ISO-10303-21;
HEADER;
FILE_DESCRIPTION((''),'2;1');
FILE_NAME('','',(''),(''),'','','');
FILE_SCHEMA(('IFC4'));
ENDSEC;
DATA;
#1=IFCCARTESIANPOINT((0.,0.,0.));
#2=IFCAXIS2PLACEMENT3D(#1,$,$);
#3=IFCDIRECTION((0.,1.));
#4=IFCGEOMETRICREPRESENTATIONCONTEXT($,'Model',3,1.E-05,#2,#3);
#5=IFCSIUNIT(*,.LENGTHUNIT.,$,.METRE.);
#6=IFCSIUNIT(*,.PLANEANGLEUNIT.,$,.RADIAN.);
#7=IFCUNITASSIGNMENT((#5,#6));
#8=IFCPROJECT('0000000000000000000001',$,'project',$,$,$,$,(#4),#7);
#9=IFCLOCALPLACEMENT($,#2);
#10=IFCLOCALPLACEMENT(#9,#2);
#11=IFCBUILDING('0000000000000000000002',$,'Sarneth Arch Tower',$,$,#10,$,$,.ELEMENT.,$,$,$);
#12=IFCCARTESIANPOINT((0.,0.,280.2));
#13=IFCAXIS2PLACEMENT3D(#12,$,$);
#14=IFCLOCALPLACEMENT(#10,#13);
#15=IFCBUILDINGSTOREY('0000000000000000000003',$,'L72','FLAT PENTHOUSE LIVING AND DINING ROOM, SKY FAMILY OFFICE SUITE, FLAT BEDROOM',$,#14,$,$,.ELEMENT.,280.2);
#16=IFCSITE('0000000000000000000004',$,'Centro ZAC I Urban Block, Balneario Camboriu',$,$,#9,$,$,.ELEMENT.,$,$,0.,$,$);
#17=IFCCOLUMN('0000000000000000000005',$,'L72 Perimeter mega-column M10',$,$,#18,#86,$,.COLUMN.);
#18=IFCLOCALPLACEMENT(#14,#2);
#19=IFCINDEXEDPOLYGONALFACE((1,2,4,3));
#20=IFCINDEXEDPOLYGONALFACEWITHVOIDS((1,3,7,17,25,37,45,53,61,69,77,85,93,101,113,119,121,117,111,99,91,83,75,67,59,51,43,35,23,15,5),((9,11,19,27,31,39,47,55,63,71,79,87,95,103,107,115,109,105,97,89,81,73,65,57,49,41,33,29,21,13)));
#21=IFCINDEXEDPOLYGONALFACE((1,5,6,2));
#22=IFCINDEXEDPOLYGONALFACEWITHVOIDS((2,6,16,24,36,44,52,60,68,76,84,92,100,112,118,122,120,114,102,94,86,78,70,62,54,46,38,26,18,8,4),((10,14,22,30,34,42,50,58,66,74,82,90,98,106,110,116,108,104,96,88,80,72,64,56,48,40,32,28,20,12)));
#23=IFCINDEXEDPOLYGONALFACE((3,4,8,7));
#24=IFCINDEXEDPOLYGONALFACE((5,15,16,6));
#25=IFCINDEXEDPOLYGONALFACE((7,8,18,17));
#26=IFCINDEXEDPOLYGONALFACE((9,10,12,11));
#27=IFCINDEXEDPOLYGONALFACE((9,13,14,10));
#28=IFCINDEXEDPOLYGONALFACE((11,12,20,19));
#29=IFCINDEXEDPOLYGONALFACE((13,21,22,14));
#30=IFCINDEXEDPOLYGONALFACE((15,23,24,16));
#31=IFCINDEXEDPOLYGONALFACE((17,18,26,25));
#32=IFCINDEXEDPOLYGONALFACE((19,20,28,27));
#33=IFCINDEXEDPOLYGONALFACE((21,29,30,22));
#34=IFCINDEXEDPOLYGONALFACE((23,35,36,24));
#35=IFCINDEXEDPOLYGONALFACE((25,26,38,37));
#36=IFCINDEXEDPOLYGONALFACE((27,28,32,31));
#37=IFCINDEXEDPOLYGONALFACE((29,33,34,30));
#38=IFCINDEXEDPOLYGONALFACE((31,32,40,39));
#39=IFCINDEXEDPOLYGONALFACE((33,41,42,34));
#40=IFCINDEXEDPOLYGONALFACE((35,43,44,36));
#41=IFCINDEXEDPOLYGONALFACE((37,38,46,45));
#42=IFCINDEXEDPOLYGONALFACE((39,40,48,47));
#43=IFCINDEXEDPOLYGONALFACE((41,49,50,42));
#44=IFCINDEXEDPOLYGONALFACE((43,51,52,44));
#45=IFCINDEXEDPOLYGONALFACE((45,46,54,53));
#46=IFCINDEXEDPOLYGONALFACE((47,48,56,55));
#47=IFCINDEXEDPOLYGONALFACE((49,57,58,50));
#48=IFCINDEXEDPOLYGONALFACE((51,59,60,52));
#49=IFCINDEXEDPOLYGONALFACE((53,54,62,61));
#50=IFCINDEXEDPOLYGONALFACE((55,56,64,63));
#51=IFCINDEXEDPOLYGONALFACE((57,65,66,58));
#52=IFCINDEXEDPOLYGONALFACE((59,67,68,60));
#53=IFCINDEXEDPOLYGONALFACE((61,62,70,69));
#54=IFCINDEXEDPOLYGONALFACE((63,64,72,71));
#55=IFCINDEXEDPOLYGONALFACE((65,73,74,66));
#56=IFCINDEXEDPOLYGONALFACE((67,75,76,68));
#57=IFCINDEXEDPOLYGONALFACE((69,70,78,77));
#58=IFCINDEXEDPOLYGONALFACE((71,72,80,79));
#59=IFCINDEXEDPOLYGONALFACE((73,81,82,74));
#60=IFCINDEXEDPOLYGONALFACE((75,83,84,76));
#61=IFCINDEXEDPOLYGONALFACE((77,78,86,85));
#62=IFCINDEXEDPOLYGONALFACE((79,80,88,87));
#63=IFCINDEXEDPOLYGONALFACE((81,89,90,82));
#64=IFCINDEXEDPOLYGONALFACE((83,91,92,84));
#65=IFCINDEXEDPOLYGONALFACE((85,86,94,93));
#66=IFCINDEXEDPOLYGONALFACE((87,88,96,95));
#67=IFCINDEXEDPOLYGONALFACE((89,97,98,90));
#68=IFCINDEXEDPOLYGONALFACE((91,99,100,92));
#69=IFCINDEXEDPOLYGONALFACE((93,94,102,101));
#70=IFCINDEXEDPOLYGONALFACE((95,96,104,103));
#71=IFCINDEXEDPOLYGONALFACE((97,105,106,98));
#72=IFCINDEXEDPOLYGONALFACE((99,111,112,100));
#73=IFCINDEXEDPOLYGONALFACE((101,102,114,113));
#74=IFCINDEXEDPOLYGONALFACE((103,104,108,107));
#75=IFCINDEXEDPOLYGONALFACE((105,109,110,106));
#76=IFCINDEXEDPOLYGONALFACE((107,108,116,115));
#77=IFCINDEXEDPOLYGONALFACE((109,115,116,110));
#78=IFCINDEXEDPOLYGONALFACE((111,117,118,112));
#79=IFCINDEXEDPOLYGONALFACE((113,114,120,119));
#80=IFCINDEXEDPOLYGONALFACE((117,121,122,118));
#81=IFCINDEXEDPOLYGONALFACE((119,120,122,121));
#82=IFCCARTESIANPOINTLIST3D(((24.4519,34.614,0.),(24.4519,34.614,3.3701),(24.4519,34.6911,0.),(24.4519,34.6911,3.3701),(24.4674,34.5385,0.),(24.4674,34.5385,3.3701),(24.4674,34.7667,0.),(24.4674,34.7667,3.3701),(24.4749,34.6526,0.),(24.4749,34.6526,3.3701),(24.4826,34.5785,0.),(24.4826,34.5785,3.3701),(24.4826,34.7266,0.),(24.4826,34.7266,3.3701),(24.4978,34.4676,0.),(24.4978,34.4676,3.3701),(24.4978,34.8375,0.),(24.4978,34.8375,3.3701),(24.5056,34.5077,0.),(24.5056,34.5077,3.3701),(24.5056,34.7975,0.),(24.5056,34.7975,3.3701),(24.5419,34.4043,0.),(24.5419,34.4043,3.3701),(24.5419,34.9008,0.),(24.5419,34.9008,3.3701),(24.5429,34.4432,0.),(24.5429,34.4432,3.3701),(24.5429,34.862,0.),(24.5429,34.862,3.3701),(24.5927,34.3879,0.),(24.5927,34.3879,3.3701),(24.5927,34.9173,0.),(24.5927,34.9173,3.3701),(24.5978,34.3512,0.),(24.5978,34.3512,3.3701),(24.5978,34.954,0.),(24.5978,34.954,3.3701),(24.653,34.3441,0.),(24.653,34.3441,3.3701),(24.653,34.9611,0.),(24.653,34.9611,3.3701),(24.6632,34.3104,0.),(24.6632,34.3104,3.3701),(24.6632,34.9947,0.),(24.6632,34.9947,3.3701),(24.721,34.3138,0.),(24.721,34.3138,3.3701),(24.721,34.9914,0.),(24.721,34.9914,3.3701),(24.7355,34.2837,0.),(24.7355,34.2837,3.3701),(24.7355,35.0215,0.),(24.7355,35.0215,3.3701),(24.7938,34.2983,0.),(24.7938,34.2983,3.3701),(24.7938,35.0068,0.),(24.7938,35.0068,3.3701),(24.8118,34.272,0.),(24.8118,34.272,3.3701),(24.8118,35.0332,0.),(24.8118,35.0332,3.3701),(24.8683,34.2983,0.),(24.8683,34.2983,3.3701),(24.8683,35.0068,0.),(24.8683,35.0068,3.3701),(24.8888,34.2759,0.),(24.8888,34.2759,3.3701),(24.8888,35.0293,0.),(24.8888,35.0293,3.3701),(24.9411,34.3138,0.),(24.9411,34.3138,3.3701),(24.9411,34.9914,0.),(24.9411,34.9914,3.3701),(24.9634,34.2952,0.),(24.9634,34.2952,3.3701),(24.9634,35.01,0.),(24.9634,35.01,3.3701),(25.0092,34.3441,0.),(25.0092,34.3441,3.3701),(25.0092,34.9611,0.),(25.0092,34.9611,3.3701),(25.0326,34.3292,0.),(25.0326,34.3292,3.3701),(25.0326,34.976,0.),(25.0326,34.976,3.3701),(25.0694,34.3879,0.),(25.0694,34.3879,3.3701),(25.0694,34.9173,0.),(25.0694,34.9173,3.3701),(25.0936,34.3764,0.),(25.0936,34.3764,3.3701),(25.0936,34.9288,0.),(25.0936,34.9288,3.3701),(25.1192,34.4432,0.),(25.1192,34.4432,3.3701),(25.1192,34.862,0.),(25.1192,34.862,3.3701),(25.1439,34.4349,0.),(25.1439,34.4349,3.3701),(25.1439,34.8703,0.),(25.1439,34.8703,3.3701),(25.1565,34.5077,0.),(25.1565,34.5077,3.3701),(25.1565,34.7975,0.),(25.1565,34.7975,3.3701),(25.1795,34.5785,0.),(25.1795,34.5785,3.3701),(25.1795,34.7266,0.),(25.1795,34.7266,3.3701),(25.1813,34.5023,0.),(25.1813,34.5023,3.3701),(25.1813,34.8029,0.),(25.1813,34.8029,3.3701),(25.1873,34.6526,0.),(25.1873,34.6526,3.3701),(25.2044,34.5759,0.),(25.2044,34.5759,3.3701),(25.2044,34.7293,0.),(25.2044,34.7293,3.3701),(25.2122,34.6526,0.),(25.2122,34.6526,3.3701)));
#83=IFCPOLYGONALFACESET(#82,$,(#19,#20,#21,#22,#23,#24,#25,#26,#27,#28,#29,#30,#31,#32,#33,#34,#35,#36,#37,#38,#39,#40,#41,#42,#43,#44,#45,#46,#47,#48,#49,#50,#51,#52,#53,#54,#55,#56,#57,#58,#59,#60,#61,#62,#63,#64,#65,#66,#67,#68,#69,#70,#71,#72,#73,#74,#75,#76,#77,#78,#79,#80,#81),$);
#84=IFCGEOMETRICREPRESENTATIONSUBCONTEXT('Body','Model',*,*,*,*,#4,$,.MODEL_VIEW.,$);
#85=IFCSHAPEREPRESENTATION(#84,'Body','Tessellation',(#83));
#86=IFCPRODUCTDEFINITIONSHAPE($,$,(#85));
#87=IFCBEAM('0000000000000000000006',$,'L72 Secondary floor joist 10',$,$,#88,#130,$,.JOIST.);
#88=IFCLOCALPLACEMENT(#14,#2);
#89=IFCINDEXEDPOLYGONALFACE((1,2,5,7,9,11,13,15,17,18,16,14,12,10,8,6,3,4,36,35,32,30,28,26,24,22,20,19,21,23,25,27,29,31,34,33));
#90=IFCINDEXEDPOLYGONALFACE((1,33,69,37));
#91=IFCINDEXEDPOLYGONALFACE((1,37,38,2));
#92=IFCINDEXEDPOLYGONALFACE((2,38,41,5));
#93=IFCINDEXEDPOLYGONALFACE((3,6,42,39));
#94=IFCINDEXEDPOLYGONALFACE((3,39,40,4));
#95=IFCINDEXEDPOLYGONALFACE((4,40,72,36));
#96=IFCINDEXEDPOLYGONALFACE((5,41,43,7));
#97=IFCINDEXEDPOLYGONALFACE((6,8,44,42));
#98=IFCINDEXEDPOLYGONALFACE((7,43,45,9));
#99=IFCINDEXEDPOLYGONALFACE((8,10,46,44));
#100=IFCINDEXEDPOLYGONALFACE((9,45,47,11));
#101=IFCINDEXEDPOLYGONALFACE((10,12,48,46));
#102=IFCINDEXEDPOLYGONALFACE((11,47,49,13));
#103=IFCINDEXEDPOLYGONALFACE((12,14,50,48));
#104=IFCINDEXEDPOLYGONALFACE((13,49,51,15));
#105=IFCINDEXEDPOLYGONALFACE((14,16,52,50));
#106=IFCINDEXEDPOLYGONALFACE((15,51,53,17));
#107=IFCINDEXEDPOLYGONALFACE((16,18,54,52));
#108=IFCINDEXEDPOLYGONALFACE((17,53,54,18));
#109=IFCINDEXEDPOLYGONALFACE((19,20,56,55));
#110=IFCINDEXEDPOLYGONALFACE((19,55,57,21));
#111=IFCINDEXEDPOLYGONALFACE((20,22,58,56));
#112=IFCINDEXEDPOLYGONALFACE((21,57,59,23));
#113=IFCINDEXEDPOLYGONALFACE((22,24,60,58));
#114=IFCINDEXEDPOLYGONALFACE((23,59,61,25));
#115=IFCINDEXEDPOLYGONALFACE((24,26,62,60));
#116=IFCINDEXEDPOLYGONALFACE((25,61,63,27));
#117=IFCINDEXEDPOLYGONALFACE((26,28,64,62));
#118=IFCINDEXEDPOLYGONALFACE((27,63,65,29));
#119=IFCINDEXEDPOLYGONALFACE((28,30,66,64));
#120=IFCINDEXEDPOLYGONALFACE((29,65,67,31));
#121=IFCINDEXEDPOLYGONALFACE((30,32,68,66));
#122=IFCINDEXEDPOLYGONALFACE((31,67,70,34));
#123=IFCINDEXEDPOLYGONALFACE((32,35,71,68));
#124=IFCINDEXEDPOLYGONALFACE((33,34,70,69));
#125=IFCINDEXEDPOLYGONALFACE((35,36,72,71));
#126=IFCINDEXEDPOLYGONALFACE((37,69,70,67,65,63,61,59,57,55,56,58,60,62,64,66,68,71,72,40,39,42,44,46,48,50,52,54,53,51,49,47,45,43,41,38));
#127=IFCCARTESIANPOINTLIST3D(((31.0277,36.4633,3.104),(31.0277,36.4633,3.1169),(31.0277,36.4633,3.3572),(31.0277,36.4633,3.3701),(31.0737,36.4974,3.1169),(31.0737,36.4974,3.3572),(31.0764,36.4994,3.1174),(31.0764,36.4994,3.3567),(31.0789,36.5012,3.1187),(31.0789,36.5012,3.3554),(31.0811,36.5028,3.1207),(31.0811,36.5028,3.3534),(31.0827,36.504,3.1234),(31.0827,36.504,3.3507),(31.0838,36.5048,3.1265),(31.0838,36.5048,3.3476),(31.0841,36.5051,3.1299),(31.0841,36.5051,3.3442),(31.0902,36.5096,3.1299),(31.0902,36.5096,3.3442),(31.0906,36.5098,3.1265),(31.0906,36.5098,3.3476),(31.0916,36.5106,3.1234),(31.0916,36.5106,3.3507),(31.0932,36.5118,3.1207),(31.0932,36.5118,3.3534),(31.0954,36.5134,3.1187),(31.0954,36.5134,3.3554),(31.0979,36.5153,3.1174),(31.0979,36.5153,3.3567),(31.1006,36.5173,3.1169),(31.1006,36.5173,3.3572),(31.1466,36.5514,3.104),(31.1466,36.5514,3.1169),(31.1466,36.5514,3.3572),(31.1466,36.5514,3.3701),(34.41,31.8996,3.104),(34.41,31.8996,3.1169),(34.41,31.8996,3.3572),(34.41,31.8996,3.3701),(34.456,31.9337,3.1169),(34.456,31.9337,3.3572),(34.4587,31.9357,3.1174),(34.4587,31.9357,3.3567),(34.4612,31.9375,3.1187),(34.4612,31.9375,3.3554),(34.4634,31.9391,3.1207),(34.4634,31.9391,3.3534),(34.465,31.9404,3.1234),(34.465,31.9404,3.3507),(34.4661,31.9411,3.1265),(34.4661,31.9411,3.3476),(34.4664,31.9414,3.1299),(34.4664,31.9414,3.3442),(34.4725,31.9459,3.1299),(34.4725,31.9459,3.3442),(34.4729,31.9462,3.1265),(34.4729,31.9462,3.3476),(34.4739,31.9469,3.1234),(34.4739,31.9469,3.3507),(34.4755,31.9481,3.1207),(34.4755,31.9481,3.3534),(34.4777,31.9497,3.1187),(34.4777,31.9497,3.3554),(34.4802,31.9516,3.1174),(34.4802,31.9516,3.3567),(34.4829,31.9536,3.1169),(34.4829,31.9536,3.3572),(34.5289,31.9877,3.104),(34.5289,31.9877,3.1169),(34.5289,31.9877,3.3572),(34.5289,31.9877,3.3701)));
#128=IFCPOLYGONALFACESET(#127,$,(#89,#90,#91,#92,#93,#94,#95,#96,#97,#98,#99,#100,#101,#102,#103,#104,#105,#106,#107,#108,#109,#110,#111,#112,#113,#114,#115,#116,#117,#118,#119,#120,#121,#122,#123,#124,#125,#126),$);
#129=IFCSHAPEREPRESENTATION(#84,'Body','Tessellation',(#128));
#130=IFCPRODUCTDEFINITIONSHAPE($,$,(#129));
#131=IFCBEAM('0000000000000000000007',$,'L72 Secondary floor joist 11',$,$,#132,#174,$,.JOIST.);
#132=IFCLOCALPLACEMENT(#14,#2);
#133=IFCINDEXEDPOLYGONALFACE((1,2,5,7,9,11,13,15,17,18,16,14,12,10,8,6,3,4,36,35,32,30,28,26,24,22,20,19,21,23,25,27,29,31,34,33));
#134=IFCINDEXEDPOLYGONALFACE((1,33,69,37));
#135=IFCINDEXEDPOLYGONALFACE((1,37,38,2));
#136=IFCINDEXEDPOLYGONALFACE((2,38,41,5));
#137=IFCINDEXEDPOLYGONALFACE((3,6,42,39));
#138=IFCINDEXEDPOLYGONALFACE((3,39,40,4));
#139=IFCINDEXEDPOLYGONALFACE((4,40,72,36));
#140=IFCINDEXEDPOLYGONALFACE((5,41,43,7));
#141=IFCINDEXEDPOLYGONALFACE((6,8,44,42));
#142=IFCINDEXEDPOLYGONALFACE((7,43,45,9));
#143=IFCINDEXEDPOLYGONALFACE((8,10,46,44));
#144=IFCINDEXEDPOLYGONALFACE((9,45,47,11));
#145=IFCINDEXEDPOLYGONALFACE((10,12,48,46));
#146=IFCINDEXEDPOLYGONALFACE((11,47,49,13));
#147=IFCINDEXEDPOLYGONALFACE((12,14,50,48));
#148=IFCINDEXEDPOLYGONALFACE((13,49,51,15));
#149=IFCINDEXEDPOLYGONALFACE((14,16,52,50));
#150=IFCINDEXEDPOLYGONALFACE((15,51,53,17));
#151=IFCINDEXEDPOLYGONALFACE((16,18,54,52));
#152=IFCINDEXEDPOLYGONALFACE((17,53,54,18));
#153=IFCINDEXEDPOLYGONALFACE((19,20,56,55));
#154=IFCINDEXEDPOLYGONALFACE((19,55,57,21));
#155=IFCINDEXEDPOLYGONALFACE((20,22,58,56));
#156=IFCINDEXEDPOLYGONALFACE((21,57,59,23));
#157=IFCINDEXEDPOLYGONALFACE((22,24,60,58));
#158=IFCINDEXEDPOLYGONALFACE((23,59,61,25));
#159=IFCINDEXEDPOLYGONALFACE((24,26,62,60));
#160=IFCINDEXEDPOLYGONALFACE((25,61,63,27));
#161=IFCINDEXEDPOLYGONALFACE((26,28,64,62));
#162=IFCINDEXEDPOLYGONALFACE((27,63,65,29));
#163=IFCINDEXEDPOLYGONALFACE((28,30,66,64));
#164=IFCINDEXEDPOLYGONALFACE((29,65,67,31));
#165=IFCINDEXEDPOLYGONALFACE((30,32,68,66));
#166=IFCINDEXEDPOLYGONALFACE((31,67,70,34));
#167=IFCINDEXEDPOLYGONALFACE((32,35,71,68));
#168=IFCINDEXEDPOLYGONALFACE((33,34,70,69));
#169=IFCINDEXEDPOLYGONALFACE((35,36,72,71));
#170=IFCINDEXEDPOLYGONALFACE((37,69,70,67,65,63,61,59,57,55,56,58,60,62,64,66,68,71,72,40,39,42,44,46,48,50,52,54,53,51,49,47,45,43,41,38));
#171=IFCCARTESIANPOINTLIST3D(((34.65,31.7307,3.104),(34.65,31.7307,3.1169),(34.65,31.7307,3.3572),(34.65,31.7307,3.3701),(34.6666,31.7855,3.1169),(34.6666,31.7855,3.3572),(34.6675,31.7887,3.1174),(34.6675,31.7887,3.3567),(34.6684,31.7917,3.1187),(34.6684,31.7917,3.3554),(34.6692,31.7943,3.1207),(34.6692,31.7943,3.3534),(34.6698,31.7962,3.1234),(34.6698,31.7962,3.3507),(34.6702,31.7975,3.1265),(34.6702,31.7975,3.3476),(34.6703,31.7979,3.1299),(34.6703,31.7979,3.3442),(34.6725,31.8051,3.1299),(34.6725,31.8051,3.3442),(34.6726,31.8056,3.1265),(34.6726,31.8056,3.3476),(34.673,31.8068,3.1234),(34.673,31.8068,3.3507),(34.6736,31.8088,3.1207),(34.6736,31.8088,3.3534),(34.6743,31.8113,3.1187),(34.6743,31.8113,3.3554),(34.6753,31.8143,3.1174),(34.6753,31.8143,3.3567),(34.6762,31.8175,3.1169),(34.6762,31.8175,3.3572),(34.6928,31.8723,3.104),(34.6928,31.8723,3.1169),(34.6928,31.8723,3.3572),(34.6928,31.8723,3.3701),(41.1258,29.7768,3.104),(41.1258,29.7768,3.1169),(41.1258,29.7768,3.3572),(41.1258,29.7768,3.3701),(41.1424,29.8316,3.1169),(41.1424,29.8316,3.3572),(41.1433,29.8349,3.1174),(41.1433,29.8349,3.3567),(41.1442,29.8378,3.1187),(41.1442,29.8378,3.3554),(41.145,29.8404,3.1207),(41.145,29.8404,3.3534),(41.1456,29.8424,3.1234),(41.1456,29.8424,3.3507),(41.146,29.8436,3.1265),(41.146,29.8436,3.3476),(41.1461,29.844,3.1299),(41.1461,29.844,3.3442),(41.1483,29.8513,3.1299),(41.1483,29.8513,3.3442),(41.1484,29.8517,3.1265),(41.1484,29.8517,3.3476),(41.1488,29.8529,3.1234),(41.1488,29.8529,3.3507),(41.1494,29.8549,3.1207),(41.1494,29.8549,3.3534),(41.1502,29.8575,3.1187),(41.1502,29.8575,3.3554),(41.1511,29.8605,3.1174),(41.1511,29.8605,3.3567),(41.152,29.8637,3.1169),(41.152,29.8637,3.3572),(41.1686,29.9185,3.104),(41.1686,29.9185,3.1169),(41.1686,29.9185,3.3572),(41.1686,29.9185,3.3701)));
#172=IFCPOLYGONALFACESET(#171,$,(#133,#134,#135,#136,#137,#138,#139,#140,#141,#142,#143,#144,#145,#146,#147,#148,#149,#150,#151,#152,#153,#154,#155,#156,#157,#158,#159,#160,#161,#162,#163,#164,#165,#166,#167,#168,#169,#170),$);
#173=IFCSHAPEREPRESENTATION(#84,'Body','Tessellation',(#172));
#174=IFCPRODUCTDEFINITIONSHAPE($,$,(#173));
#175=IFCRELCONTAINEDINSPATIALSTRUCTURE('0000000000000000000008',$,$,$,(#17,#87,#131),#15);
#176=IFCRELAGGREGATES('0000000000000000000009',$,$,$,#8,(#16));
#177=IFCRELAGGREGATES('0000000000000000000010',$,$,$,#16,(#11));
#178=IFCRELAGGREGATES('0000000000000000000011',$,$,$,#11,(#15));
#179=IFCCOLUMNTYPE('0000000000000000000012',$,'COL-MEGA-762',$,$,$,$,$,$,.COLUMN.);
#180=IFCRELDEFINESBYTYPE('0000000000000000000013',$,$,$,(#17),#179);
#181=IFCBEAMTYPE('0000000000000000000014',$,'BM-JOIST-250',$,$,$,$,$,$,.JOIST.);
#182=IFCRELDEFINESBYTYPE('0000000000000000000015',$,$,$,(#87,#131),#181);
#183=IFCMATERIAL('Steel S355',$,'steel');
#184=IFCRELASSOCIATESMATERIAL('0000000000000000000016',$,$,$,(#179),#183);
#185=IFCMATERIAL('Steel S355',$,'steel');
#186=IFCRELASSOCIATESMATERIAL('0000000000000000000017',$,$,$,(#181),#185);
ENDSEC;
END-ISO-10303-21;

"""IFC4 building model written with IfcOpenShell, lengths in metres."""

from ifc_helpers import new_model, si_unit, direction, frame, origin, origin_2d, place, context, subcontext, project, spatial, hollow_circle, i_section, extrude, material, material_profile, profile_set, type_object, element, save


model = new_model("IFC4")

# Units and contexts
model_context = context("Model", 3, precision=1e-05, world=origin(), true_north=direction((0.0, 1.0)))
body_context = subcontext(model_context, "Body", "Model", "MODEL_VIEW")
ifc_project = project(units=[si_unit("LENGTHUNIT", "METRE"), si_unit("PLANEANGLEUNIT", "RADIAN")], contexts=[model_context])

# Site, building, storey
site_placement = place(None, origin())
site = spatial("IfcSite", under=ifc_project, at=site_placement, Name="Centro ZAC I Urban Block, Balneario Camboriu", CompositionType="ELEMENT", RefElevation=0.0)
building_placement = place(site_placement, origin())
building = spatial("IfcBuilding", under=site, at=building_placement, Name="Sarneth Arch Tower", CompositionType="ELEMENT")
storey_placement = place(building_placement, frame((0.0, 0.0, 280.2)))
storey = spatial("IfcBuildingStorey", under=building, at=storey_placement, Name="L72", Description="FLAT PENTHOUSE LIVING AND DINING ROOM, SKY FAMILY OFFICE SUITE, FLAT BEDROOM", CompositionType="ELEMENT", Elevation=280.2)

# Column
ifc_material_1 = material(Name="Steel S355", Category="steel")
ifc_material_profile_1 = material_profile(ifc_material_1, hollow_circle(Radius=0.3811, WallThickness=0.0249, at=origin_2d()), Name="CHS762x25")
ifc_profile_set_1 = profile_set([ifc_material_profile_1], Name="Steel S355")
column_type = type_object("IfcColumnType", Name="COL-MEGA-762", PredefinedType="COLUMN", material=ifc_profile_set_1)
column_placement = place(storey_placement, frame((24.8311, 34.6526, 0.0), z_axis=(0.0, 0.0, 1.0), x_axis=(1.0, 0.0, 0.0)))
element("IfcColumn", 1, at=column_placement, inside=storey, type_object=column_type, Name="L72 Perimeter mega-column M10", PredefinedType="COLUMN", context=body_context, shape_type="SweptSolid", body=[
    extrude(hollow_circle(Radius=0.3811, WallThickness=0.0249, at=origin_2d()), origin(), (0.0, 0.0, 1.0), 3.3701),
])

# Beams
ifc_material_2 = material(Name="Steel S355", Category="steel")
ifc_material_profile_2 = material_profile(ifc_material_2, i_section(OverallWidth=0.1479, OverallDepth=0.2661, WebThickness=0.0076, FlangeThickness=0.0129, FilletRadius=0.0129, at=origin_2d()), Name="W250x44.8")
ifc_profile_set_2 = profile_set([ifc_material_profile_2], Name="Steel S355")
beam_type_1 = type_object("IfcBeamType", Name="BM-JOIST-250", PredefinedType="JOIST", material=ifc_profile_set_2)
beam_1_placement = place(storey_placement, frame((31.0872, 36.5073, 3.2371), z_axis=(0.595431, -0.803406, 0.0), x_axis=(0.803406, 0.595431, 0.0)))
element("IfcBeam", 2, at=beam_1_placement, inside=storey, type_object=beam_type_1, Name="L72 Secondary floor joist 10", PredefinedType="JOIST", context=body_context, shape_type="SweptSolid", body=[
    extrude(i_section(OverallWidth=0.1479, OverallDepth=0.2661, WebThickness=0.0076, FlangeThickness=0.0129, FilletRadius=0.0129, at=origin_2d()), origin(), (0.0, 0.0, 1.0), 5.6804),
])
beam_2_placement = place(storey_placement, frame((34.6714, 31.8015, 3.2371), z_axis=(0.957373, -0.288854, 0.0), x_axis=(0.288854, 0.957373, 0.0)))
element("IfcBeam", 3, at=beam_2_placement, inside=storey, type_object=beam_type_1, Name="L72 Secondary floor joist 11", PredefinedType="JOIST", context=body_context, shape_type="SweptSolid", body=[
    extrude(i_section(OverallWidth=0.1479, OverallDepth=0.2661, WebThickness=0.0076, FlangeThickness=0.0129, FilletRadius=0.0129, at=origin_2d()), origin(), (0.0, 0.0, 1.0), 6.7642),
])

save(model, "model.ifc")
